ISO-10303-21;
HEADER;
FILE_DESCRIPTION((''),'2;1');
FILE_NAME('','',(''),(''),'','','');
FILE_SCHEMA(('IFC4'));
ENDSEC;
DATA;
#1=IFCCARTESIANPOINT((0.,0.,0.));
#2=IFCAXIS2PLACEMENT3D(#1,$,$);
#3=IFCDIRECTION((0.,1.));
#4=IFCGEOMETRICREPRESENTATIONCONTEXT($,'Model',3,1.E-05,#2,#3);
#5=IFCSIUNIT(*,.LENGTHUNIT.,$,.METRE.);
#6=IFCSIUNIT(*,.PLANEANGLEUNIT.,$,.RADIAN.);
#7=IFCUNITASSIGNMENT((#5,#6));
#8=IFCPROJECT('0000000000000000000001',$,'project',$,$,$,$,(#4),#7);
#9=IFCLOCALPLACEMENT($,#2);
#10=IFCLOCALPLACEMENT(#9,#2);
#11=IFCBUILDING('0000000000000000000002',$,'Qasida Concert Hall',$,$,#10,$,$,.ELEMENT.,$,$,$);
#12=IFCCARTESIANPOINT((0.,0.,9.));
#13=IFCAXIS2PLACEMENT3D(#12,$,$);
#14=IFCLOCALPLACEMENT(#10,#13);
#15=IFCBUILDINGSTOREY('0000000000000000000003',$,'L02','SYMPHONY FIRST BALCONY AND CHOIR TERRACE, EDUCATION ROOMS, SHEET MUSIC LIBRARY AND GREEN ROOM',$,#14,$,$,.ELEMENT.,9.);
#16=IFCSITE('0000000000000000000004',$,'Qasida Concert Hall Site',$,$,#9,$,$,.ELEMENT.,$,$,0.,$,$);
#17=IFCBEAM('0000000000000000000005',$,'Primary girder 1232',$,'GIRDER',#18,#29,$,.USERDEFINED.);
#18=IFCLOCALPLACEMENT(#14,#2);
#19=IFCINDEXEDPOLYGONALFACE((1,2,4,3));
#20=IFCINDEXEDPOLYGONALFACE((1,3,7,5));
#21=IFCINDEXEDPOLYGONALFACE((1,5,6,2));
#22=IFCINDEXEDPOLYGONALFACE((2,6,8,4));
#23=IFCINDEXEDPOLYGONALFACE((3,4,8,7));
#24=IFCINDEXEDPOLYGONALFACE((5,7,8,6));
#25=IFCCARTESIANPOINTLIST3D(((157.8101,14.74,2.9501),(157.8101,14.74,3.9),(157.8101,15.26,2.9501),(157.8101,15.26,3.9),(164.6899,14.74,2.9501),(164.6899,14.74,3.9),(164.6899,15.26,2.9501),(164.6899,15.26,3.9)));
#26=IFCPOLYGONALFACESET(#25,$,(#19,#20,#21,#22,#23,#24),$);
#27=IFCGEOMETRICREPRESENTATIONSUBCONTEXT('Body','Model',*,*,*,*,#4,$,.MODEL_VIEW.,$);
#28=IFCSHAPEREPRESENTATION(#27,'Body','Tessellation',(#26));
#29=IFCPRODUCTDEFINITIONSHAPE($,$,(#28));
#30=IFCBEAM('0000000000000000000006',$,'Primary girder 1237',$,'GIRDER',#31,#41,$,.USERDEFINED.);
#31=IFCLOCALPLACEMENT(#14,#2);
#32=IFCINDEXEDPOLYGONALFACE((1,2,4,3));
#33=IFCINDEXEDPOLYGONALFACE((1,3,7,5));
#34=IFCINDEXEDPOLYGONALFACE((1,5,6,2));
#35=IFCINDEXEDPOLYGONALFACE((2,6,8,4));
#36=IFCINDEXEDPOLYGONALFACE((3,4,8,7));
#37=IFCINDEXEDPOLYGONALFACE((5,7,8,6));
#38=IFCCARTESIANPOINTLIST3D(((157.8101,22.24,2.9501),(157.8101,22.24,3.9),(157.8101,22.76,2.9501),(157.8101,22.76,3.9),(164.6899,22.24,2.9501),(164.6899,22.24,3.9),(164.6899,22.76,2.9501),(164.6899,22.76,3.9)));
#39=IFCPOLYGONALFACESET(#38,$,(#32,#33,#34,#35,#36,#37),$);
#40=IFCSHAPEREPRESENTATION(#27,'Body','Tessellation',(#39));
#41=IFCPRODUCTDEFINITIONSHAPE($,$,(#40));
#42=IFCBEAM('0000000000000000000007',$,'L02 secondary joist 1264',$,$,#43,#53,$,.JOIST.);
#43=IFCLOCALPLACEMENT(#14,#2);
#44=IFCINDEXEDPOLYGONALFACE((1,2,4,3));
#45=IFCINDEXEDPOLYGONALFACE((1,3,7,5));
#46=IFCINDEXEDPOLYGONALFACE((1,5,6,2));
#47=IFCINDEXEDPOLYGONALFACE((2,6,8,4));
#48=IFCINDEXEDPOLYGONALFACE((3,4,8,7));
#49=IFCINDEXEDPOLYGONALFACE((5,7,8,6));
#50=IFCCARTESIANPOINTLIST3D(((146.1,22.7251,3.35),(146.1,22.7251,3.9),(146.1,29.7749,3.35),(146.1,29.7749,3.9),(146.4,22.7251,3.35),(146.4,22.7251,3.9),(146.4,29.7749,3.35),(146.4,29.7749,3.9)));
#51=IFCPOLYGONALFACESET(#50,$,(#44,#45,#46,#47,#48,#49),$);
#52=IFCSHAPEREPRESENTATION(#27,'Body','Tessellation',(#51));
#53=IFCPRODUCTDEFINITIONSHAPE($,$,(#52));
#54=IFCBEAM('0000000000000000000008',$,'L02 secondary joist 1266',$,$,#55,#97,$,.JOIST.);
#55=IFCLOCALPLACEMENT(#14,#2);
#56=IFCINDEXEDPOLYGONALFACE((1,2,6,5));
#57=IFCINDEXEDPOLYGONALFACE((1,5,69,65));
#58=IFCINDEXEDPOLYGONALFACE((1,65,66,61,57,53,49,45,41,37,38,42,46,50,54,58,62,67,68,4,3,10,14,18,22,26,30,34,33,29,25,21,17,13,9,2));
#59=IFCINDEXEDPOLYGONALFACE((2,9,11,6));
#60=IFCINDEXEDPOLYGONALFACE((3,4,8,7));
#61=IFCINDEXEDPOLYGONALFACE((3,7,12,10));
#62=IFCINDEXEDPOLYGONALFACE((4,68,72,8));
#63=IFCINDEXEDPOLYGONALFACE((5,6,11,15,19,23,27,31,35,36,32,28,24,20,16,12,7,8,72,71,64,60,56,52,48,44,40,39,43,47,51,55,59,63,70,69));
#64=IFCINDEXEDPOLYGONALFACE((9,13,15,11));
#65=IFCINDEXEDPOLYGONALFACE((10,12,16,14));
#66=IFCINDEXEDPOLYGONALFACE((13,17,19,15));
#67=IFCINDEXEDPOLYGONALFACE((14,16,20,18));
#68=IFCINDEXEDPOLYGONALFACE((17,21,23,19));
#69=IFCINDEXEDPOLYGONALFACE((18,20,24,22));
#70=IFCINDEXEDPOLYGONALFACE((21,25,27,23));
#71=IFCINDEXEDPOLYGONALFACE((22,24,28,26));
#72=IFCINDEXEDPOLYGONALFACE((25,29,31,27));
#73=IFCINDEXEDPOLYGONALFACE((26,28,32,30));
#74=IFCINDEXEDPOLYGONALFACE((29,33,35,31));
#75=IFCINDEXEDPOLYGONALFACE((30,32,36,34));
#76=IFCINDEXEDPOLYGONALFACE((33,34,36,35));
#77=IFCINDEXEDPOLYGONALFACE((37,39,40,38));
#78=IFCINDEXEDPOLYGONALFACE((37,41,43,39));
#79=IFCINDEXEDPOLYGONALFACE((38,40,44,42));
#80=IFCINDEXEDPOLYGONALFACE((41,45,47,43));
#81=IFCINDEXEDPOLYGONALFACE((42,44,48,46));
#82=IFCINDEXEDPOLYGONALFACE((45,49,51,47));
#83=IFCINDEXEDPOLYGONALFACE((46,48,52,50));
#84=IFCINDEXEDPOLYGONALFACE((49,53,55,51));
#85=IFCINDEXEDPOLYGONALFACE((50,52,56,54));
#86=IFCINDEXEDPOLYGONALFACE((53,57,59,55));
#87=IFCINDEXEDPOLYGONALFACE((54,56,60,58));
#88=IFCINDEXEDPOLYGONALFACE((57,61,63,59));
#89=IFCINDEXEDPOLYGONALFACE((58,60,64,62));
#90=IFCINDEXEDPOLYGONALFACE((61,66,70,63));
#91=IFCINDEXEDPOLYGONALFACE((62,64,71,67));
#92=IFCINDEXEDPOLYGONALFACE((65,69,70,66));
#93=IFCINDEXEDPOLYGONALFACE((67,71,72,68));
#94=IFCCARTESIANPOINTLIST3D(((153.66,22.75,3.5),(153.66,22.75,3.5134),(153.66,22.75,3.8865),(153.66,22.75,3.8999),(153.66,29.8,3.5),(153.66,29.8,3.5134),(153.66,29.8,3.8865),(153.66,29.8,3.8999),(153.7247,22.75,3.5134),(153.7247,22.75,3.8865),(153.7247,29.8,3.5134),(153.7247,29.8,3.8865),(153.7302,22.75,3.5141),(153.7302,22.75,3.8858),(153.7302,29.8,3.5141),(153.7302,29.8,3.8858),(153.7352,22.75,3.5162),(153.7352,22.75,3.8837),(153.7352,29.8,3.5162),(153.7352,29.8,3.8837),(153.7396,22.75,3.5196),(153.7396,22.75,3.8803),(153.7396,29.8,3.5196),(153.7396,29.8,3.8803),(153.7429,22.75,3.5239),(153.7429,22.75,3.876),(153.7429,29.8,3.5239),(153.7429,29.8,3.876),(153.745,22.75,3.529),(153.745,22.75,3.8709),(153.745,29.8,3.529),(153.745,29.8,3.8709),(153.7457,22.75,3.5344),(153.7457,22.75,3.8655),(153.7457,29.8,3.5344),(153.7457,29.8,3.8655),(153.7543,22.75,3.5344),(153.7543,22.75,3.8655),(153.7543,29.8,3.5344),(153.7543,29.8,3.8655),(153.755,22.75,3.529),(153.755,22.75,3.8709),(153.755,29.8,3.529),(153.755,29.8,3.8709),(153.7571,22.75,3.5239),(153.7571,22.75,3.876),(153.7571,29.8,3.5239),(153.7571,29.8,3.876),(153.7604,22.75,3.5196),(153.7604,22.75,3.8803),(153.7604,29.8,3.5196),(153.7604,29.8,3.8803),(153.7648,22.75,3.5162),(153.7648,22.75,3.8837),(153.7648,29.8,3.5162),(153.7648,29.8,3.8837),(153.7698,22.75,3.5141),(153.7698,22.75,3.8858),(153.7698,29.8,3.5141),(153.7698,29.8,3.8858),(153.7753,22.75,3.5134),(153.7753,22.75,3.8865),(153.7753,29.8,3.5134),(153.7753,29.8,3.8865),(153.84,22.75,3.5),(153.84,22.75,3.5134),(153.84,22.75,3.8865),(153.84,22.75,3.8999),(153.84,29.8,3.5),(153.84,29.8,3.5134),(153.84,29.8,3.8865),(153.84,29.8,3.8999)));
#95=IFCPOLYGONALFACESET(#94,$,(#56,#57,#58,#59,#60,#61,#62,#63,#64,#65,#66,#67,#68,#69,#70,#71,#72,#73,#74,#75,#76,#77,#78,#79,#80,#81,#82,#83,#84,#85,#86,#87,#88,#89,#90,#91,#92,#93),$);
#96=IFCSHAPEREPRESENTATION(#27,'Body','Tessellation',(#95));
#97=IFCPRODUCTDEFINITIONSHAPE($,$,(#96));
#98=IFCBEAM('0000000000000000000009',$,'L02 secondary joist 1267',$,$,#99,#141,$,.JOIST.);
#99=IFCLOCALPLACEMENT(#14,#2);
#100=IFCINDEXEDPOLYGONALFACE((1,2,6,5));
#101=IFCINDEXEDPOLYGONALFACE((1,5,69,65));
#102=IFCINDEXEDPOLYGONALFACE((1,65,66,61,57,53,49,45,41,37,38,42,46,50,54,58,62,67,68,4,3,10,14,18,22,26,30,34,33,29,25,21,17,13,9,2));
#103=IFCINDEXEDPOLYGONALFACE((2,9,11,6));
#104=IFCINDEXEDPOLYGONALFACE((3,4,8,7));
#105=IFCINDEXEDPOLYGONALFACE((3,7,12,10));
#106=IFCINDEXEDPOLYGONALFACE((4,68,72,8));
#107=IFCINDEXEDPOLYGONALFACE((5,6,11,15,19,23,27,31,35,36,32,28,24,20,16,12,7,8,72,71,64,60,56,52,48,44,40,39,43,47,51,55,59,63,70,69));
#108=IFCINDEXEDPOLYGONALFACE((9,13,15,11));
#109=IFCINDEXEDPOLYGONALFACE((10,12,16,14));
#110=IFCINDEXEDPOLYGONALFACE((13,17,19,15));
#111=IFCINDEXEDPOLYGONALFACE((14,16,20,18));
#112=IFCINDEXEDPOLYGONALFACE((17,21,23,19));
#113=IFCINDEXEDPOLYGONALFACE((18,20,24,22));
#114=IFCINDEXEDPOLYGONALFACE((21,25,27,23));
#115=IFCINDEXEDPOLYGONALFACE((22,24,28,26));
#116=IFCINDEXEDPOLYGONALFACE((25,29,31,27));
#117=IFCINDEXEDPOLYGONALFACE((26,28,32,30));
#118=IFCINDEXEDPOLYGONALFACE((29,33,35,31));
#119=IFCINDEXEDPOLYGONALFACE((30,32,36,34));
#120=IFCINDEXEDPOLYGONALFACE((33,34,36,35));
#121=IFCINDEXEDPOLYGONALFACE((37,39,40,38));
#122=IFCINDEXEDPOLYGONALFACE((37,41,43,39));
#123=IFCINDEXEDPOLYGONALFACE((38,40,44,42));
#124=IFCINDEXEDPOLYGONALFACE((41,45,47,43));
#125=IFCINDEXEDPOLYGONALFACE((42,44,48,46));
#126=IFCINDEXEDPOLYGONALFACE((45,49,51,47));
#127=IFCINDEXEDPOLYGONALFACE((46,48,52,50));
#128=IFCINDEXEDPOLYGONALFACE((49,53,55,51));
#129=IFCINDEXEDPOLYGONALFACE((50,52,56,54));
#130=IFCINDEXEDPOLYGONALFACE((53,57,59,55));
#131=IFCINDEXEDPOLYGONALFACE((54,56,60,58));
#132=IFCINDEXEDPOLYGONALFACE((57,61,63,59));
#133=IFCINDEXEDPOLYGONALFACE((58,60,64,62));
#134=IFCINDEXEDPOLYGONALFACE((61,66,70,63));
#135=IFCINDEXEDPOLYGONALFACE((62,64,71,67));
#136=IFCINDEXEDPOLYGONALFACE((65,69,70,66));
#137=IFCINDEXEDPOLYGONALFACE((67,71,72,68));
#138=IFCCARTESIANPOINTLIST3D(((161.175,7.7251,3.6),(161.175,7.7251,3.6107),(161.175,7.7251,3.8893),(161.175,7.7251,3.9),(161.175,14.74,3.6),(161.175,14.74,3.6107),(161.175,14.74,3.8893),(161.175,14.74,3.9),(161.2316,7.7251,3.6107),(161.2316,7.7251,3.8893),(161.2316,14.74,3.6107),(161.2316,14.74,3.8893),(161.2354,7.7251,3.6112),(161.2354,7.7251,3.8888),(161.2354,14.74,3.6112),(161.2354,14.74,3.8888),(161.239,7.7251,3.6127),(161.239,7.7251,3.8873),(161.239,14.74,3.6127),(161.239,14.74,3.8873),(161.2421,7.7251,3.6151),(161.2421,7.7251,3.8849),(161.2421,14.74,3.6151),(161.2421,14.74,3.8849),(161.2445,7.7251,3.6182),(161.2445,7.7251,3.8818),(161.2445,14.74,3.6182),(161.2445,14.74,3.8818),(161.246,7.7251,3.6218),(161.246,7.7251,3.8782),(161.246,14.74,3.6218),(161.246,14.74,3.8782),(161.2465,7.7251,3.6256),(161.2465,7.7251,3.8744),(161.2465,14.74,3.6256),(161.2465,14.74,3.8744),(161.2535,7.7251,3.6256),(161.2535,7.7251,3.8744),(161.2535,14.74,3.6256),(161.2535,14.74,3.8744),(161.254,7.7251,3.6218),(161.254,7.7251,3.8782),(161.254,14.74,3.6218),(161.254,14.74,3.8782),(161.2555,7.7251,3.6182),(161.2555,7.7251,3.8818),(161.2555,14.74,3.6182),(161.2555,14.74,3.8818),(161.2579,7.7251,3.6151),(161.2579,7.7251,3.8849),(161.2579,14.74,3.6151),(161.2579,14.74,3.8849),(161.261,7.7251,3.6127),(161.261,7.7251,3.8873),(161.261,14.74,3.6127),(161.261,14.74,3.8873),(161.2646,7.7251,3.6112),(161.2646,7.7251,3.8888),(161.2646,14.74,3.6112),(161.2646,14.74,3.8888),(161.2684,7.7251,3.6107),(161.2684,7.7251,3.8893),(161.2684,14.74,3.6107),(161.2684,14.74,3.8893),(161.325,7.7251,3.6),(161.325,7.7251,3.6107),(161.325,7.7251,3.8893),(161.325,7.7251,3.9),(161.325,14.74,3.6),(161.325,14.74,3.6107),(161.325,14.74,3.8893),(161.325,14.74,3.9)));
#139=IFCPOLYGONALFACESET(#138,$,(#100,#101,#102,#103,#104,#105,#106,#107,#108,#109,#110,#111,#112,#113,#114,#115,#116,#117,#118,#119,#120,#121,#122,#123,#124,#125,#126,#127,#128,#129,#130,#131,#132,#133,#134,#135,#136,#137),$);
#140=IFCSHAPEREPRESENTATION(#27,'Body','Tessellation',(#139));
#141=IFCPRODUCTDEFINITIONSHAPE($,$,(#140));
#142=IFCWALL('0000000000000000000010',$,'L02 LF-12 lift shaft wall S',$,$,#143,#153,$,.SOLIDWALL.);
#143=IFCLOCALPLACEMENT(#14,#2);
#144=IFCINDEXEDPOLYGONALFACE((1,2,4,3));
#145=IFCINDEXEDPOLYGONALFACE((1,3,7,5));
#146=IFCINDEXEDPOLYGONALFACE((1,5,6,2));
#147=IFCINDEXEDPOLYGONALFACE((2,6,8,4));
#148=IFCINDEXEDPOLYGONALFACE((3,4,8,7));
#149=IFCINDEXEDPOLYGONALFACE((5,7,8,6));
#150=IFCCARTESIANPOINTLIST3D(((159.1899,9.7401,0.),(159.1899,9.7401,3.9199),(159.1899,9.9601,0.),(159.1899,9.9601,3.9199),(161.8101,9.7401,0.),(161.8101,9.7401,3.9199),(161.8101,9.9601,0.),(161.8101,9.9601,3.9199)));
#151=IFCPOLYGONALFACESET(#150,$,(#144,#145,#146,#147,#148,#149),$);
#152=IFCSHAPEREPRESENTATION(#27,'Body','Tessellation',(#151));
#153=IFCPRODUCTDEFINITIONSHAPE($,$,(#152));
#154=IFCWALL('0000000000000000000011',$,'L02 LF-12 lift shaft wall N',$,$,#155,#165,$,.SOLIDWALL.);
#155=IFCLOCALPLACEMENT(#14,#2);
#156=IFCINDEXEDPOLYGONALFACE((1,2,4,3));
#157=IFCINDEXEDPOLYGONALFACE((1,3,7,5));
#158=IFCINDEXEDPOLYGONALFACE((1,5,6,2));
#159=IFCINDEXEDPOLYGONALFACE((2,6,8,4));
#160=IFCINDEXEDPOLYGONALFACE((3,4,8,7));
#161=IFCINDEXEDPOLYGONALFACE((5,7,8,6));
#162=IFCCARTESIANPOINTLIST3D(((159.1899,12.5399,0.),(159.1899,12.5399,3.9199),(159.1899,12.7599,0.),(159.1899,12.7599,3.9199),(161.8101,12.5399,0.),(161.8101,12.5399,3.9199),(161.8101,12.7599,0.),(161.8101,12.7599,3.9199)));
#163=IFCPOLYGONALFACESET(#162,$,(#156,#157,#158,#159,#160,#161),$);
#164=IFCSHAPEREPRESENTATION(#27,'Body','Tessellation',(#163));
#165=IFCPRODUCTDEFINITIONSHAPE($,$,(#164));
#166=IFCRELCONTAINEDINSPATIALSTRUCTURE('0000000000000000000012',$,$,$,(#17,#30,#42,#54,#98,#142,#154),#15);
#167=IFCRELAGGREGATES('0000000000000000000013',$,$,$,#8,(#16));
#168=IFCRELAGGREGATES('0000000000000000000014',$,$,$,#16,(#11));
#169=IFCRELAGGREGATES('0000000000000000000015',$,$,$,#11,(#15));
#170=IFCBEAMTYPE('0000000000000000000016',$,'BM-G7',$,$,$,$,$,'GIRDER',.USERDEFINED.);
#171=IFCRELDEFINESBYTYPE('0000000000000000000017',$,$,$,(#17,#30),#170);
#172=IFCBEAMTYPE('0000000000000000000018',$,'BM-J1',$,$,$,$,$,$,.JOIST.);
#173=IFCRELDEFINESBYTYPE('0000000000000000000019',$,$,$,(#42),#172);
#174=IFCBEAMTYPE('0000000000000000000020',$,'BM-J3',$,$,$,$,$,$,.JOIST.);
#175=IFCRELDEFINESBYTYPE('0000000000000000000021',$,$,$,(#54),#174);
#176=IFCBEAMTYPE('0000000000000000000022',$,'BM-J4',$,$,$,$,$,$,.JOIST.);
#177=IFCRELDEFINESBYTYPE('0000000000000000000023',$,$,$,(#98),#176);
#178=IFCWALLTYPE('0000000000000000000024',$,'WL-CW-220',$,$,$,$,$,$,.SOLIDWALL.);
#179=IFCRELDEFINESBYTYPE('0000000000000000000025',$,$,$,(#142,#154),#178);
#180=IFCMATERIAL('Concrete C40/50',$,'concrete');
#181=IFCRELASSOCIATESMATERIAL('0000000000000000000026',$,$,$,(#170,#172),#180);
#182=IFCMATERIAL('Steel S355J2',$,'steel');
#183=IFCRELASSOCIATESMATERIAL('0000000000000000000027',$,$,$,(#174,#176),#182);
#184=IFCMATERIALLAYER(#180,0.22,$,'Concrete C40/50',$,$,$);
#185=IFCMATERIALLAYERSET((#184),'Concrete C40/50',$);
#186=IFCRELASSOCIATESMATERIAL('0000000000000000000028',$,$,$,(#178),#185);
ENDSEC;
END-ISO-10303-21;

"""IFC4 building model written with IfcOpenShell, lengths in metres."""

from ifc_helpers import new_model, si_unit, direction, frame, frame_2d, origin, origin_2d, place, context, subcontext, project, spatial, rectangle, i_section, extrude, material, layer, layer_set, material_profile, profile_set, type_object, element, save


model = new_model("IFC4")

# Units and contexts
model_context = context("Model", 3, precision=1e-05, world=origin(), true_north=direction((0.0, 1.0)))
body_context = subcontext(model_context, "Body", "Model", "MODEL_VIEW")
ifc_project = project(units=[si_unit("LENGTHUNIT", "METRE"), si_unit("PLANEANGLEUNIT", "RADIAN")], contexts=[model_context])

# Site, building, storey
site_placement = place(None, origin())
site = spatial("IfcSite", under=ifc_project, at=site_placement, Name="Qasida Concert Hall Site", CompositionType="ELEMENT", RefElevation=0.0)
building_placement = place(site_placement, origin())
building = spatial("IfcBuilding", under=site, at=building_placement, Name="Qasida Concert Hall", CompositionType="ELEMENT")
storey_placement = place(building_placement, frame((0.0, 0.0, 9.0)))
storey = spatial("IfcBuildingStorey", under=building, at=storey_placement, Name="L02", Description="SYMPHONY FIRST BALCONY AND CHOIR TERRACE, EDUCATION ROOMS, SHEET MUSIC LIBRARY AND GREEN ROOM", CompositionType="ELEMENT", Elevation=9.0)

# Beams
ifc_material_1 = material(Name="Concrete C40/50", Category="concrete")
ifc_material_2 = material(Name="Steel S355J2", Category="steel")
ifc_material_profile_1 = material_profile(ifc_material_1, rectangle(XDim=0.52, YDim=0.95, at=origin_2d()), Name="RC 520x950")
ifc_profile_set_1 = profile_set([ifc_material_profile_1], Name="Concrete C40/50")
beam_type_1 = type_object("IfcBeamType", Name="BM-G7", ElementType="GIRDER", PredefinedType="USERDEFINED", material=ifc_profile_set_1)
for number, where, z_axis, x_axis, name in (
    (1, (157.8101, 15.0, 3.425), (1.0, 0.0, 0.0), (0.0, 1.0, 0.0), "Primary girder 1232"),
    (2, (157.8101, 22.5, 3.425), (1.0, 0.0, 0.0), (0.0, 1.0, 0.0), "Primary girder 1237"),
):
    element("IfcBeam", number, at=place(storey_placement, frame(where, z_axis=z_axis, x_axis=x_axis)), inside=storey, type_object=beam_type_1, Name=name, ObjectType="GIRDER", PredefinedType="USERDEFINED", context=body_context, shape_type="SweptSolid", body=[
        extrude(rectangle(XDim=0.52, YDim=0.95, at=origin_2d()), origin(), (0.0, 0.0, 1.0), 6.8799),
    ])
ifc_material_profile_2 = material_profile(ifc_material_1, rectangle(XDim=0.3, YDim=0.55, at=origin_2d()), Name="RC 300x550")
ifc_profile_set_2 = profile_set([ifc_material_profile_2], Name="Concrete C40/50")
beam_type_2 = type_object("IfcBeamType", Name="BM-J1", PredefinedType="JOIST", material=ifc_profile_set_2)
beam_1_placement = place(storey_placement, frame((146.25, 22.7251, 3.625), z_axis=(0.0, 1.0, 0.0), x_axis=(-1.0, 0.0, 0.0)))
element("IfcBeam", 3, at=beam_1_placement, inside=storey, type_object=beam_type_2, Name="L02 secondary joist 1264", PredefinedType="JOIST", context=body_context, shape_type="SweptSolid", body=[
    extrude(rectangle(XDim=0.3, YDim=0.55, at=origin_2d()), origin(), (0.0, 0.0, 1.0), 7.0498),
])
ifc_material_profile_3 = material_profile(ifc_material_2, i_section(OverallWidth=0.1799, OverallDepth=0.3999, WebThickness=0.0085, FlangeThickness=0.0134, FilletRadius=0.021, at=origin_2d()), Name="IPE 400")
ifc_profile_set_3 = profile_set([ifc_material_profile_3], Name="Steel S355J2")
beam_type_3 = type_object("IfcBeamType", Name="BM-J3", PredefinedType="JOIST", material=ifc_profile_set_3)
beam_2_placement = place(storey_placement, frame((153.75, 22.75, 3.7), z_axis=(0.0, 1.0, 0.0), x_axis=(-1.0, 0.0, 0.0)))
element("IfcBeam", 4, at=beam_2_placement, inside=storey, type_object=beam_type_3, Name="L02 secondary joist 1266", PredefinedType="JOIST", context=body_context, shape_type="SweptSolid", body=[
    extrude(i_section(OverallWidth=0.1799, OverallDepth=0.3999, WebThickness=0.0085, FlangeThickness=0.0134, FilletRadius=0.021, at=origin_2d()), origin(), (0.0, 0.0, 1.0), 7.05),
])
ifc_material_profile_4 = material_profile(ifc_material_2, i_section(OverallWidth=0.1499, OverallDepth=0.3, WebThickness=0.0071, FlangeThickness=0.0107, FilletRadius=0.0149, at=origin_2d()), Name="IPE 300")
ifc_profile_set_4 = profile_set([ifc_material_profile_4], Name="Steel S355J2")
beam_type_4 = type_object("IfcBeamType", Name="BM-J4", PredefinedType="JOIST", material=ifc_profile_set_4)
beam_3_placement = place(storey_placement, frame((161.25, 7.7251, 3.75), z_axis=(0.0, 1.0, 0.0), x_axis=(-1.0, 0.0, 0.0)))
element("IfcBeam", 5, at=beam_3_placement, inside=storey, type_object=beam_type_4, Name="L02 secondary joist 1267", PredefinedType="JOIST", context=body_context, shape_type="SweptSolid", body=[
    extrude(i_section(OverallWidth=0.1499, OverallDepth=0.3, WebThickness=0.0071, FlangeThickness=0.0107, FilletRadius=0.0149, at=origin_2d()), origin(), (0.0, 0.0, 1.0), 7.0149),
])

# Walls
ifc_layer_1 = layer(ifc_material_1, 0.22, Name="Concrete C40/50")
ifc_layer_set_1 = layer_set([ifc_layer_1], Name="Concrete C40/50")
wall_type_1 = type_object("IfcWallType", Name="WL-CW-220", PredefinedType="SOLIDWALL", material=ifc_layer_set_1)
for number, where, z_axis, x_axis, name in (
    (6, (159.1899, 9.8501, 0.0), (0.0, 0.0, 1.0), (1.0, 0.0, 0.0), "L02 LF-12 lift shaft wall S"),
    (7, (159.1899, 12.6499, 0.0), (0.0, 0.0, 1.0), (1.0, 0.0, 0.0), "L02 LF-12 lift shaft wall N"),
):
    element("IfcWall", number, at=place(storey_placement, frame(where, z_axis=z_axis, x_axis=x_axis)), inside=storey, type_object=wall_type_1, Name=name, PredefinedType="SOLIDWALL", context=body_context, shape_type="SweptSolid", body=[
        extrude(rectangle(XDim=2.6201, YDim=0.22, at=frame_2d((1.3101, 0.0))), origin(), (0.0, 0.0, 1.0), 3.9199),
    ])

save(model, "model.ifc")
